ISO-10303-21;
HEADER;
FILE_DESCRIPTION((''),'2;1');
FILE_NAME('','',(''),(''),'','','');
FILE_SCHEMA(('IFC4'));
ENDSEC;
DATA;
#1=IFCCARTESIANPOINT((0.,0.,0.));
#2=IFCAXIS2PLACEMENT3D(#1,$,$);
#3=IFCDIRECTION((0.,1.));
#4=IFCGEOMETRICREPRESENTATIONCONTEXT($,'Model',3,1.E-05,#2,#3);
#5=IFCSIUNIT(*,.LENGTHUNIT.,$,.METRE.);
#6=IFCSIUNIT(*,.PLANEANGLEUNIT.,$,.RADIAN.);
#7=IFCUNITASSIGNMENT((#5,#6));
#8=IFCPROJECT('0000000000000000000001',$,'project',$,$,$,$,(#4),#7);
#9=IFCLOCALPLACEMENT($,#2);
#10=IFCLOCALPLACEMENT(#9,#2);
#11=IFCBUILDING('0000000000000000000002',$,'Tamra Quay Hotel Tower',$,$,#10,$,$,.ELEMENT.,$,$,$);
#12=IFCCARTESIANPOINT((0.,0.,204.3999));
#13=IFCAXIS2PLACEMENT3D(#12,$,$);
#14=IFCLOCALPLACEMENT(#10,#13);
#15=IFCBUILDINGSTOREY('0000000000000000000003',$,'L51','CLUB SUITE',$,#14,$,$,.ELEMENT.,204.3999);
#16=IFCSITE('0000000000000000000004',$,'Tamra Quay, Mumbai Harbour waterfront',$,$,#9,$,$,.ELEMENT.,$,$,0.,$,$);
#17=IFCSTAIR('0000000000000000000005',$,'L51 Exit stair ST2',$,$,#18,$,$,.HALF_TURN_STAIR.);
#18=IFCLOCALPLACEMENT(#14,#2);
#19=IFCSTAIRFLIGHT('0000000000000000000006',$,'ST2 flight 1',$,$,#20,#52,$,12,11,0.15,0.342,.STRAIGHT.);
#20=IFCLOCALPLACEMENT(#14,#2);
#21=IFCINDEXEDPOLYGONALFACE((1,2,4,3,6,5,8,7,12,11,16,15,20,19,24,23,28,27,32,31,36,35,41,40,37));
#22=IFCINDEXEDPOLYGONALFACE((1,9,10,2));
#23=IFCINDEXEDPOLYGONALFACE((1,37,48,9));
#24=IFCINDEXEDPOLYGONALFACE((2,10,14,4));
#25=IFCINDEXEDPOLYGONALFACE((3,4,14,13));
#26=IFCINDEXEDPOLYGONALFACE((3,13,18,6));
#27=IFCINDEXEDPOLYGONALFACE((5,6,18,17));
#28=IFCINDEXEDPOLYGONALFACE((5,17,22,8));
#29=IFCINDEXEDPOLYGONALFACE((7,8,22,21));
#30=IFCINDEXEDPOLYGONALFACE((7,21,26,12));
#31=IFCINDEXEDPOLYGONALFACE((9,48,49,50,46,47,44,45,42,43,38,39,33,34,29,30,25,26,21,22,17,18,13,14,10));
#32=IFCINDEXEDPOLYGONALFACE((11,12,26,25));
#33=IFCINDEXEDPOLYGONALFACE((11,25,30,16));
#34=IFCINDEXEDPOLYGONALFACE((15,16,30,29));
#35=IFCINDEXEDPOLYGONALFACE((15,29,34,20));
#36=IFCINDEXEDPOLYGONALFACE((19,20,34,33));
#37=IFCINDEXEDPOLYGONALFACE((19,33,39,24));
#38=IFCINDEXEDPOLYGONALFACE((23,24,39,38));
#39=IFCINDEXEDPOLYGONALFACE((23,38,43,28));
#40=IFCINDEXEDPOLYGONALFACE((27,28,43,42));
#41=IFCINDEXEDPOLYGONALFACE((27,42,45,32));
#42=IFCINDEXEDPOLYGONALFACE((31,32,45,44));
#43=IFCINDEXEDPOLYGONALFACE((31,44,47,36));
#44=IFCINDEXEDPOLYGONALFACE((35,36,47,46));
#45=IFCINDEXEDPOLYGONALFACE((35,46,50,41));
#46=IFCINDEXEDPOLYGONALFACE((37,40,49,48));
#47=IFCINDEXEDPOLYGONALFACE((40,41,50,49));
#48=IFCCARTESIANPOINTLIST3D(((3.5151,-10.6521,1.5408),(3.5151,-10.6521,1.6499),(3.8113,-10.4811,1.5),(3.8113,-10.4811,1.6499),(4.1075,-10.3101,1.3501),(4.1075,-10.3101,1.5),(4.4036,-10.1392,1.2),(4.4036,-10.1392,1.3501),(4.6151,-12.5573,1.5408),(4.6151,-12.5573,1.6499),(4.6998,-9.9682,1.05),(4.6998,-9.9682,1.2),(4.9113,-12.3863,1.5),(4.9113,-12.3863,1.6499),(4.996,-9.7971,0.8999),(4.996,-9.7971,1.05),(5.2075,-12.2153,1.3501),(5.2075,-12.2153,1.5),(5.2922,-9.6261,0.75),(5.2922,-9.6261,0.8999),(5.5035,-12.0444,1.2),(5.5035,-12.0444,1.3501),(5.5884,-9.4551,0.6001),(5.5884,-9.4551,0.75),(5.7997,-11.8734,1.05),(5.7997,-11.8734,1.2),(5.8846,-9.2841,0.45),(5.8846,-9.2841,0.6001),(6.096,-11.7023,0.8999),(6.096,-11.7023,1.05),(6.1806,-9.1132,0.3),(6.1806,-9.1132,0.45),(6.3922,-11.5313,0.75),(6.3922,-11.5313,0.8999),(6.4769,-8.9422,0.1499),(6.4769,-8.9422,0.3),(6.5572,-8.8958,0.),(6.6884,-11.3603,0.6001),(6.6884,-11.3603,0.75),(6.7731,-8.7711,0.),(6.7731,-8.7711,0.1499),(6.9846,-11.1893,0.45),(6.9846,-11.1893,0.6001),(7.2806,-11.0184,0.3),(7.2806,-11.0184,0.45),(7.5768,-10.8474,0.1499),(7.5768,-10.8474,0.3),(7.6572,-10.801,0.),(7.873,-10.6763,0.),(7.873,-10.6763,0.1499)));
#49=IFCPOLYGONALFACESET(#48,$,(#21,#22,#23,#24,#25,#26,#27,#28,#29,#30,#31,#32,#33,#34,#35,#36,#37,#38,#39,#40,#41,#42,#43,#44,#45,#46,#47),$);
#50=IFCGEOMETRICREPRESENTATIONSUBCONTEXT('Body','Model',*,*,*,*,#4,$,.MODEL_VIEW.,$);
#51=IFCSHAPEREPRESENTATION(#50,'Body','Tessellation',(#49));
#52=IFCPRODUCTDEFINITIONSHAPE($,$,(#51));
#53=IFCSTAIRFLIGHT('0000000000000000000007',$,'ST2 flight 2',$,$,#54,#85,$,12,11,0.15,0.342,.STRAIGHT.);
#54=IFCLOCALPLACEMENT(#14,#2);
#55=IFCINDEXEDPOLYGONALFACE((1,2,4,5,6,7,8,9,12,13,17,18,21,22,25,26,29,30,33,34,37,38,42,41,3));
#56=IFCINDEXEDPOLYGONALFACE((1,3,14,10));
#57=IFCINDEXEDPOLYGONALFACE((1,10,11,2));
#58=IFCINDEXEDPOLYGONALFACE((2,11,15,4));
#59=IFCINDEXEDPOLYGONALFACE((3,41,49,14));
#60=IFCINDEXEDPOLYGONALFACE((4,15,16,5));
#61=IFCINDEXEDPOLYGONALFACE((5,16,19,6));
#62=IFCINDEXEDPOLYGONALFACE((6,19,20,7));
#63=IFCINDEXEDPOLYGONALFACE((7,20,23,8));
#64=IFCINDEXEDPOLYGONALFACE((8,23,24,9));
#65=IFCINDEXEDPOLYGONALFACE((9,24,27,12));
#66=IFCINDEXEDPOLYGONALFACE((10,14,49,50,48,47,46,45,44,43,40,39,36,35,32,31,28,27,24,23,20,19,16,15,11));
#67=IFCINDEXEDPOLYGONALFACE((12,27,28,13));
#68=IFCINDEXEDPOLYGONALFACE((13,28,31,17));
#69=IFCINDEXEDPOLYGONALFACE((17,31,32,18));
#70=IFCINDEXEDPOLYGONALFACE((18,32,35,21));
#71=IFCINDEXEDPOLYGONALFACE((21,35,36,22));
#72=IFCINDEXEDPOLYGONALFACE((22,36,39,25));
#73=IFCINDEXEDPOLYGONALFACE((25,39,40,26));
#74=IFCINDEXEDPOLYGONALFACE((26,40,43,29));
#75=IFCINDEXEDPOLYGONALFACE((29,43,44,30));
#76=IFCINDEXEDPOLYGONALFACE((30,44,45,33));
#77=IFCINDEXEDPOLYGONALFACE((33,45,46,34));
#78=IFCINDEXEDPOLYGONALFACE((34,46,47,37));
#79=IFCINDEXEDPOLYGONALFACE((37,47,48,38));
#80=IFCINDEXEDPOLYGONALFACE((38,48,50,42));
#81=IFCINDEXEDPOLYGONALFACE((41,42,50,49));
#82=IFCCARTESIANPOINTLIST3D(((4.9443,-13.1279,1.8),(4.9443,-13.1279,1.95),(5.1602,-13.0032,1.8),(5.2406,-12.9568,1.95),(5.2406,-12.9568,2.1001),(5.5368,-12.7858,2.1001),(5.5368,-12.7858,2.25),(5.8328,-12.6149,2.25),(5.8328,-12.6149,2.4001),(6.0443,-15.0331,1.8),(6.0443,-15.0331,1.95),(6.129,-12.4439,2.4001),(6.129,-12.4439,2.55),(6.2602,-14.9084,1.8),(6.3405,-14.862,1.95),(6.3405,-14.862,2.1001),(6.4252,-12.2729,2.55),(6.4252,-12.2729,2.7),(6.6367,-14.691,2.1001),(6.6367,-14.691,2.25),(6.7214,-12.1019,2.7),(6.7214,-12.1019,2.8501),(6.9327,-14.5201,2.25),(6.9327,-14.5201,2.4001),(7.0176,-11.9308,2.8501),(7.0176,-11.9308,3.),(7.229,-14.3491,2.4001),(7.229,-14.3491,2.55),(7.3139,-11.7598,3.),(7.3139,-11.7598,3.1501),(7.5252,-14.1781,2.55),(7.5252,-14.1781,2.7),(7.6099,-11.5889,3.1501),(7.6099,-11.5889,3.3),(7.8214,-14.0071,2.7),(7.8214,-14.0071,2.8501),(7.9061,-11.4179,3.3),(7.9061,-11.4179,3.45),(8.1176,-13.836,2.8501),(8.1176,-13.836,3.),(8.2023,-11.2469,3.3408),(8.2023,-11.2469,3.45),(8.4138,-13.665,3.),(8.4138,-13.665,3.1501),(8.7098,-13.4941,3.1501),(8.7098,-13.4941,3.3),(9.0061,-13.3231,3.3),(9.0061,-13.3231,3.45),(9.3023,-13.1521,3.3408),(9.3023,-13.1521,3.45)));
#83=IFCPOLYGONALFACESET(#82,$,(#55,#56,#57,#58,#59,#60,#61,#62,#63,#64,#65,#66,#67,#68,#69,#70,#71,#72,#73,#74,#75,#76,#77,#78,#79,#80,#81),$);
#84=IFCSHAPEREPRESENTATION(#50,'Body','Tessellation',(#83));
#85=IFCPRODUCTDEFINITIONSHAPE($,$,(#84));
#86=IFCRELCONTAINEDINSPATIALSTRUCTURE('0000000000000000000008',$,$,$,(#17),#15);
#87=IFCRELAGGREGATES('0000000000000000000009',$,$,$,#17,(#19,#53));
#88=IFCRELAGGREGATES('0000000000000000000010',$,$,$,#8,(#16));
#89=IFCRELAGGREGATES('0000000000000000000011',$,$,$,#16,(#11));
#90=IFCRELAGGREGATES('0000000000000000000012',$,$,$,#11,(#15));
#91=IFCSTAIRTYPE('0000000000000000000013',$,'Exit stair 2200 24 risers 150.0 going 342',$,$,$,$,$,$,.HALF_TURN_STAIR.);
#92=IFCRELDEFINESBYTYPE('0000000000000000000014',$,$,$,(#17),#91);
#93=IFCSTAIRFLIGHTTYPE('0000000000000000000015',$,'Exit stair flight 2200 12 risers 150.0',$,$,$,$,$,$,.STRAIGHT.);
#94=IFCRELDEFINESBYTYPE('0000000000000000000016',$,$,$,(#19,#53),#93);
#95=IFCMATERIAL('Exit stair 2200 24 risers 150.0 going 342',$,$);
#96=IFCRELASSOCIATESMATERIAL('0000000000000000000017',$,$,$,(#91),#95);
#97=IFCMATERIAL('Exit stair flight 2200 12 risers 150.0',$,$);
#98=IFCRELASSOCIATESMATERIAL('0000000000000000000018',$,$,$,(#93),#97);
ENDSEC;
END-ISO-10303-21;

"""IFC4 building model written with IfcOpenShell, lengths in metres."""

from ifc_helpers import new_model, si_unit, direction, frame, origin, place, context, subcontext, project, spatial, polyline, outline, extrude, material, type_object, element, aggregate, save


model = new_model("IFC4")

# Units and contexts
model_context = context("Model", 3, precision=1e-05, world=origin(), true_north=direction((0.0, 1.0)))
body_context = subcontext(model_context, "Body", "Model", "MODEL_VIEW")
ifc_project = project(units=[si_unit("LENGTHUNIT", "METRE"), si_unit("PLANEANGLEUNIT", "RADIAN")], contexts=[model_context])

# Site, building, storey
site_placement = place(None, origin())
site = spatial("IfcSite", under=ifc_project, at=site_placement, Name="Tamra Quay, Mumbai Harbour waterfront", CompositionType="ELEMENT", RefElevation=0.0)
building_placement = place(site_placement, origin())
building = spatial("IfcBuilding", under=site, at=building_placement, Name="Tamra Quay Hotel Tower", CompositionType="ELEMENT")
storey_placement = place(building_placement, frame((0.0, 0.0, 204.3999)))
storey = spatial("IfcBuildingStorey", under=building, at=storey_placement, Name="L51", Description="CLUB SUITE", CompositionType="ELEMENT", Elevation=204.3999)

# Stair, stair flights
ifc_material_1 = material(Name="Exit stair 2200 24 risers 150.0 going 342")
stair_type = type_object("IfcStairType", Name="Exit stair 2200 24 risers 150.0 going 342", PredefinedType="HALF_TURN_STAIR", material=ifc_material_1)
stair_placement = place(storey_placement, origin())
stair = element("IfcStair", 1, at=stair_placement, inside=storey, type_object=stair_type, Name="L51 Exit stair ST2", PredefinedType="HALF_TURN_STAIR")
ifc_material_2 = material(Name="Exit stair flight 2200 12 risers 150.0")
stair_flight_type = type_object("IfcStairFlightType", Name="Exit stair flight 2200 12 risers 150.0", PredefinedType="STRAIGHT", material=ifc_material_2)
stair_flight_1_placement = place(storey_placement, frame((7.323, -9.7236, 0.0), z_axis=(0.0, 0.0, 1.0), x_axis=(-0.866025, -0.5, 0.0)))
stair_flight_1 = element("IfcStairFlight", 2, at=stair_flight_1_placement, type_object=stair_flight_type, Name="ST2 flight 1", NumberOfRisers=12, NumberOfTreads=11, PredefinedType="STRAIGHT", RiserHeight=0.15, TreadLength=0.342, context=body_context, shape_type="SweptSolid", body=[
    extrude(outline(polyline([(0.0, 0.0), (0.0, 0.1499), (0.342, 0.1499), (0.342, 0.3), (0.6841, 0.3), (0.6841, 0.45), (1.0259, 0.45), (1.0259, 0.6001), (1.3679, 0.6001), (1.3679, 0.75), (1.71, 0.75), (1.71, 0.8999), (2.052, 0.8999), (2.052, 1.05), (2.394, 1.05), (2.394, 1.2), (2.7361, 1.2), (2.7361, 1.3501), (3.0779, 1.3501), (3.0779, 1.5), (3.4199, 1.5), (3.4199, 1.6499), (3.762, 1.6499), (3.762, 1.8), (3.762, 1.5408), (0.2493, 0.0), (0.0, 0.0)])), frame((0.0, 1.1001, 0.0), z_axis=(0.0, -1.0, 0.0), x_axis=(1.0, 0.0, 0.0)), (0.0, 0.0, 1.0), 2.2),
])
stair_flight_2_placement = place(storey_placement, frame((5.4944, -14.0806, 1.8), z_axis=(0.0, 0.0, 1.0), x_axis=(0.866025, 0.5, 0.0)))
stair_flight_2 = element("IfcStairFlight", 3, at=stair_flight_2_placement, type_object=stair_flight_type, Name="ST2 flight 2", NumberOfRisers=12, NumberOfTreads=11, PredefinedType="STRAIGHT", RiserHeight=0.15, TreadLength=0.342, context=body_context, shape_type="SweptSolid", body=[
    extrude(outline(polyline([(0.0, 0.0), (0.0, 0.1499), (0.342, 0.1499), (0.342, 0.3), (0.6841, 0.3), (0.6841, 0.45), (1.0259, 0.45), (1.0259, 0.6001), (1.3679, 0.6001), (1.3679, 0.75), (1.71, 0.75), (1.71, 0.8999), (2.052, 0.8999), (2.052, 1.05), (2.394, 1.05), (2.394, 1.2), (2.7361, 1.2), (2.7361, 1.3501), (3.0779, 1.3501), (3.0779, 1.5), (3.4199, 1.5), (3.4199, 1.6499), (3.762, 1.6499), (3.762, 1.8), (3.762, 1.5408), (0.2493, 0.0), (0.0, 0.0)])), frame((0.0, 1.1001, 0.0), z_axis=(0.0, -1.0, 0.0), x_axis=(1.0, 0.0, 0.0)), (0.0, 0.0, 1.0), 2.2),
])
aggregate(stair, [stair_flight_1, stair_flight_2])

save(model, "model.ifc")
